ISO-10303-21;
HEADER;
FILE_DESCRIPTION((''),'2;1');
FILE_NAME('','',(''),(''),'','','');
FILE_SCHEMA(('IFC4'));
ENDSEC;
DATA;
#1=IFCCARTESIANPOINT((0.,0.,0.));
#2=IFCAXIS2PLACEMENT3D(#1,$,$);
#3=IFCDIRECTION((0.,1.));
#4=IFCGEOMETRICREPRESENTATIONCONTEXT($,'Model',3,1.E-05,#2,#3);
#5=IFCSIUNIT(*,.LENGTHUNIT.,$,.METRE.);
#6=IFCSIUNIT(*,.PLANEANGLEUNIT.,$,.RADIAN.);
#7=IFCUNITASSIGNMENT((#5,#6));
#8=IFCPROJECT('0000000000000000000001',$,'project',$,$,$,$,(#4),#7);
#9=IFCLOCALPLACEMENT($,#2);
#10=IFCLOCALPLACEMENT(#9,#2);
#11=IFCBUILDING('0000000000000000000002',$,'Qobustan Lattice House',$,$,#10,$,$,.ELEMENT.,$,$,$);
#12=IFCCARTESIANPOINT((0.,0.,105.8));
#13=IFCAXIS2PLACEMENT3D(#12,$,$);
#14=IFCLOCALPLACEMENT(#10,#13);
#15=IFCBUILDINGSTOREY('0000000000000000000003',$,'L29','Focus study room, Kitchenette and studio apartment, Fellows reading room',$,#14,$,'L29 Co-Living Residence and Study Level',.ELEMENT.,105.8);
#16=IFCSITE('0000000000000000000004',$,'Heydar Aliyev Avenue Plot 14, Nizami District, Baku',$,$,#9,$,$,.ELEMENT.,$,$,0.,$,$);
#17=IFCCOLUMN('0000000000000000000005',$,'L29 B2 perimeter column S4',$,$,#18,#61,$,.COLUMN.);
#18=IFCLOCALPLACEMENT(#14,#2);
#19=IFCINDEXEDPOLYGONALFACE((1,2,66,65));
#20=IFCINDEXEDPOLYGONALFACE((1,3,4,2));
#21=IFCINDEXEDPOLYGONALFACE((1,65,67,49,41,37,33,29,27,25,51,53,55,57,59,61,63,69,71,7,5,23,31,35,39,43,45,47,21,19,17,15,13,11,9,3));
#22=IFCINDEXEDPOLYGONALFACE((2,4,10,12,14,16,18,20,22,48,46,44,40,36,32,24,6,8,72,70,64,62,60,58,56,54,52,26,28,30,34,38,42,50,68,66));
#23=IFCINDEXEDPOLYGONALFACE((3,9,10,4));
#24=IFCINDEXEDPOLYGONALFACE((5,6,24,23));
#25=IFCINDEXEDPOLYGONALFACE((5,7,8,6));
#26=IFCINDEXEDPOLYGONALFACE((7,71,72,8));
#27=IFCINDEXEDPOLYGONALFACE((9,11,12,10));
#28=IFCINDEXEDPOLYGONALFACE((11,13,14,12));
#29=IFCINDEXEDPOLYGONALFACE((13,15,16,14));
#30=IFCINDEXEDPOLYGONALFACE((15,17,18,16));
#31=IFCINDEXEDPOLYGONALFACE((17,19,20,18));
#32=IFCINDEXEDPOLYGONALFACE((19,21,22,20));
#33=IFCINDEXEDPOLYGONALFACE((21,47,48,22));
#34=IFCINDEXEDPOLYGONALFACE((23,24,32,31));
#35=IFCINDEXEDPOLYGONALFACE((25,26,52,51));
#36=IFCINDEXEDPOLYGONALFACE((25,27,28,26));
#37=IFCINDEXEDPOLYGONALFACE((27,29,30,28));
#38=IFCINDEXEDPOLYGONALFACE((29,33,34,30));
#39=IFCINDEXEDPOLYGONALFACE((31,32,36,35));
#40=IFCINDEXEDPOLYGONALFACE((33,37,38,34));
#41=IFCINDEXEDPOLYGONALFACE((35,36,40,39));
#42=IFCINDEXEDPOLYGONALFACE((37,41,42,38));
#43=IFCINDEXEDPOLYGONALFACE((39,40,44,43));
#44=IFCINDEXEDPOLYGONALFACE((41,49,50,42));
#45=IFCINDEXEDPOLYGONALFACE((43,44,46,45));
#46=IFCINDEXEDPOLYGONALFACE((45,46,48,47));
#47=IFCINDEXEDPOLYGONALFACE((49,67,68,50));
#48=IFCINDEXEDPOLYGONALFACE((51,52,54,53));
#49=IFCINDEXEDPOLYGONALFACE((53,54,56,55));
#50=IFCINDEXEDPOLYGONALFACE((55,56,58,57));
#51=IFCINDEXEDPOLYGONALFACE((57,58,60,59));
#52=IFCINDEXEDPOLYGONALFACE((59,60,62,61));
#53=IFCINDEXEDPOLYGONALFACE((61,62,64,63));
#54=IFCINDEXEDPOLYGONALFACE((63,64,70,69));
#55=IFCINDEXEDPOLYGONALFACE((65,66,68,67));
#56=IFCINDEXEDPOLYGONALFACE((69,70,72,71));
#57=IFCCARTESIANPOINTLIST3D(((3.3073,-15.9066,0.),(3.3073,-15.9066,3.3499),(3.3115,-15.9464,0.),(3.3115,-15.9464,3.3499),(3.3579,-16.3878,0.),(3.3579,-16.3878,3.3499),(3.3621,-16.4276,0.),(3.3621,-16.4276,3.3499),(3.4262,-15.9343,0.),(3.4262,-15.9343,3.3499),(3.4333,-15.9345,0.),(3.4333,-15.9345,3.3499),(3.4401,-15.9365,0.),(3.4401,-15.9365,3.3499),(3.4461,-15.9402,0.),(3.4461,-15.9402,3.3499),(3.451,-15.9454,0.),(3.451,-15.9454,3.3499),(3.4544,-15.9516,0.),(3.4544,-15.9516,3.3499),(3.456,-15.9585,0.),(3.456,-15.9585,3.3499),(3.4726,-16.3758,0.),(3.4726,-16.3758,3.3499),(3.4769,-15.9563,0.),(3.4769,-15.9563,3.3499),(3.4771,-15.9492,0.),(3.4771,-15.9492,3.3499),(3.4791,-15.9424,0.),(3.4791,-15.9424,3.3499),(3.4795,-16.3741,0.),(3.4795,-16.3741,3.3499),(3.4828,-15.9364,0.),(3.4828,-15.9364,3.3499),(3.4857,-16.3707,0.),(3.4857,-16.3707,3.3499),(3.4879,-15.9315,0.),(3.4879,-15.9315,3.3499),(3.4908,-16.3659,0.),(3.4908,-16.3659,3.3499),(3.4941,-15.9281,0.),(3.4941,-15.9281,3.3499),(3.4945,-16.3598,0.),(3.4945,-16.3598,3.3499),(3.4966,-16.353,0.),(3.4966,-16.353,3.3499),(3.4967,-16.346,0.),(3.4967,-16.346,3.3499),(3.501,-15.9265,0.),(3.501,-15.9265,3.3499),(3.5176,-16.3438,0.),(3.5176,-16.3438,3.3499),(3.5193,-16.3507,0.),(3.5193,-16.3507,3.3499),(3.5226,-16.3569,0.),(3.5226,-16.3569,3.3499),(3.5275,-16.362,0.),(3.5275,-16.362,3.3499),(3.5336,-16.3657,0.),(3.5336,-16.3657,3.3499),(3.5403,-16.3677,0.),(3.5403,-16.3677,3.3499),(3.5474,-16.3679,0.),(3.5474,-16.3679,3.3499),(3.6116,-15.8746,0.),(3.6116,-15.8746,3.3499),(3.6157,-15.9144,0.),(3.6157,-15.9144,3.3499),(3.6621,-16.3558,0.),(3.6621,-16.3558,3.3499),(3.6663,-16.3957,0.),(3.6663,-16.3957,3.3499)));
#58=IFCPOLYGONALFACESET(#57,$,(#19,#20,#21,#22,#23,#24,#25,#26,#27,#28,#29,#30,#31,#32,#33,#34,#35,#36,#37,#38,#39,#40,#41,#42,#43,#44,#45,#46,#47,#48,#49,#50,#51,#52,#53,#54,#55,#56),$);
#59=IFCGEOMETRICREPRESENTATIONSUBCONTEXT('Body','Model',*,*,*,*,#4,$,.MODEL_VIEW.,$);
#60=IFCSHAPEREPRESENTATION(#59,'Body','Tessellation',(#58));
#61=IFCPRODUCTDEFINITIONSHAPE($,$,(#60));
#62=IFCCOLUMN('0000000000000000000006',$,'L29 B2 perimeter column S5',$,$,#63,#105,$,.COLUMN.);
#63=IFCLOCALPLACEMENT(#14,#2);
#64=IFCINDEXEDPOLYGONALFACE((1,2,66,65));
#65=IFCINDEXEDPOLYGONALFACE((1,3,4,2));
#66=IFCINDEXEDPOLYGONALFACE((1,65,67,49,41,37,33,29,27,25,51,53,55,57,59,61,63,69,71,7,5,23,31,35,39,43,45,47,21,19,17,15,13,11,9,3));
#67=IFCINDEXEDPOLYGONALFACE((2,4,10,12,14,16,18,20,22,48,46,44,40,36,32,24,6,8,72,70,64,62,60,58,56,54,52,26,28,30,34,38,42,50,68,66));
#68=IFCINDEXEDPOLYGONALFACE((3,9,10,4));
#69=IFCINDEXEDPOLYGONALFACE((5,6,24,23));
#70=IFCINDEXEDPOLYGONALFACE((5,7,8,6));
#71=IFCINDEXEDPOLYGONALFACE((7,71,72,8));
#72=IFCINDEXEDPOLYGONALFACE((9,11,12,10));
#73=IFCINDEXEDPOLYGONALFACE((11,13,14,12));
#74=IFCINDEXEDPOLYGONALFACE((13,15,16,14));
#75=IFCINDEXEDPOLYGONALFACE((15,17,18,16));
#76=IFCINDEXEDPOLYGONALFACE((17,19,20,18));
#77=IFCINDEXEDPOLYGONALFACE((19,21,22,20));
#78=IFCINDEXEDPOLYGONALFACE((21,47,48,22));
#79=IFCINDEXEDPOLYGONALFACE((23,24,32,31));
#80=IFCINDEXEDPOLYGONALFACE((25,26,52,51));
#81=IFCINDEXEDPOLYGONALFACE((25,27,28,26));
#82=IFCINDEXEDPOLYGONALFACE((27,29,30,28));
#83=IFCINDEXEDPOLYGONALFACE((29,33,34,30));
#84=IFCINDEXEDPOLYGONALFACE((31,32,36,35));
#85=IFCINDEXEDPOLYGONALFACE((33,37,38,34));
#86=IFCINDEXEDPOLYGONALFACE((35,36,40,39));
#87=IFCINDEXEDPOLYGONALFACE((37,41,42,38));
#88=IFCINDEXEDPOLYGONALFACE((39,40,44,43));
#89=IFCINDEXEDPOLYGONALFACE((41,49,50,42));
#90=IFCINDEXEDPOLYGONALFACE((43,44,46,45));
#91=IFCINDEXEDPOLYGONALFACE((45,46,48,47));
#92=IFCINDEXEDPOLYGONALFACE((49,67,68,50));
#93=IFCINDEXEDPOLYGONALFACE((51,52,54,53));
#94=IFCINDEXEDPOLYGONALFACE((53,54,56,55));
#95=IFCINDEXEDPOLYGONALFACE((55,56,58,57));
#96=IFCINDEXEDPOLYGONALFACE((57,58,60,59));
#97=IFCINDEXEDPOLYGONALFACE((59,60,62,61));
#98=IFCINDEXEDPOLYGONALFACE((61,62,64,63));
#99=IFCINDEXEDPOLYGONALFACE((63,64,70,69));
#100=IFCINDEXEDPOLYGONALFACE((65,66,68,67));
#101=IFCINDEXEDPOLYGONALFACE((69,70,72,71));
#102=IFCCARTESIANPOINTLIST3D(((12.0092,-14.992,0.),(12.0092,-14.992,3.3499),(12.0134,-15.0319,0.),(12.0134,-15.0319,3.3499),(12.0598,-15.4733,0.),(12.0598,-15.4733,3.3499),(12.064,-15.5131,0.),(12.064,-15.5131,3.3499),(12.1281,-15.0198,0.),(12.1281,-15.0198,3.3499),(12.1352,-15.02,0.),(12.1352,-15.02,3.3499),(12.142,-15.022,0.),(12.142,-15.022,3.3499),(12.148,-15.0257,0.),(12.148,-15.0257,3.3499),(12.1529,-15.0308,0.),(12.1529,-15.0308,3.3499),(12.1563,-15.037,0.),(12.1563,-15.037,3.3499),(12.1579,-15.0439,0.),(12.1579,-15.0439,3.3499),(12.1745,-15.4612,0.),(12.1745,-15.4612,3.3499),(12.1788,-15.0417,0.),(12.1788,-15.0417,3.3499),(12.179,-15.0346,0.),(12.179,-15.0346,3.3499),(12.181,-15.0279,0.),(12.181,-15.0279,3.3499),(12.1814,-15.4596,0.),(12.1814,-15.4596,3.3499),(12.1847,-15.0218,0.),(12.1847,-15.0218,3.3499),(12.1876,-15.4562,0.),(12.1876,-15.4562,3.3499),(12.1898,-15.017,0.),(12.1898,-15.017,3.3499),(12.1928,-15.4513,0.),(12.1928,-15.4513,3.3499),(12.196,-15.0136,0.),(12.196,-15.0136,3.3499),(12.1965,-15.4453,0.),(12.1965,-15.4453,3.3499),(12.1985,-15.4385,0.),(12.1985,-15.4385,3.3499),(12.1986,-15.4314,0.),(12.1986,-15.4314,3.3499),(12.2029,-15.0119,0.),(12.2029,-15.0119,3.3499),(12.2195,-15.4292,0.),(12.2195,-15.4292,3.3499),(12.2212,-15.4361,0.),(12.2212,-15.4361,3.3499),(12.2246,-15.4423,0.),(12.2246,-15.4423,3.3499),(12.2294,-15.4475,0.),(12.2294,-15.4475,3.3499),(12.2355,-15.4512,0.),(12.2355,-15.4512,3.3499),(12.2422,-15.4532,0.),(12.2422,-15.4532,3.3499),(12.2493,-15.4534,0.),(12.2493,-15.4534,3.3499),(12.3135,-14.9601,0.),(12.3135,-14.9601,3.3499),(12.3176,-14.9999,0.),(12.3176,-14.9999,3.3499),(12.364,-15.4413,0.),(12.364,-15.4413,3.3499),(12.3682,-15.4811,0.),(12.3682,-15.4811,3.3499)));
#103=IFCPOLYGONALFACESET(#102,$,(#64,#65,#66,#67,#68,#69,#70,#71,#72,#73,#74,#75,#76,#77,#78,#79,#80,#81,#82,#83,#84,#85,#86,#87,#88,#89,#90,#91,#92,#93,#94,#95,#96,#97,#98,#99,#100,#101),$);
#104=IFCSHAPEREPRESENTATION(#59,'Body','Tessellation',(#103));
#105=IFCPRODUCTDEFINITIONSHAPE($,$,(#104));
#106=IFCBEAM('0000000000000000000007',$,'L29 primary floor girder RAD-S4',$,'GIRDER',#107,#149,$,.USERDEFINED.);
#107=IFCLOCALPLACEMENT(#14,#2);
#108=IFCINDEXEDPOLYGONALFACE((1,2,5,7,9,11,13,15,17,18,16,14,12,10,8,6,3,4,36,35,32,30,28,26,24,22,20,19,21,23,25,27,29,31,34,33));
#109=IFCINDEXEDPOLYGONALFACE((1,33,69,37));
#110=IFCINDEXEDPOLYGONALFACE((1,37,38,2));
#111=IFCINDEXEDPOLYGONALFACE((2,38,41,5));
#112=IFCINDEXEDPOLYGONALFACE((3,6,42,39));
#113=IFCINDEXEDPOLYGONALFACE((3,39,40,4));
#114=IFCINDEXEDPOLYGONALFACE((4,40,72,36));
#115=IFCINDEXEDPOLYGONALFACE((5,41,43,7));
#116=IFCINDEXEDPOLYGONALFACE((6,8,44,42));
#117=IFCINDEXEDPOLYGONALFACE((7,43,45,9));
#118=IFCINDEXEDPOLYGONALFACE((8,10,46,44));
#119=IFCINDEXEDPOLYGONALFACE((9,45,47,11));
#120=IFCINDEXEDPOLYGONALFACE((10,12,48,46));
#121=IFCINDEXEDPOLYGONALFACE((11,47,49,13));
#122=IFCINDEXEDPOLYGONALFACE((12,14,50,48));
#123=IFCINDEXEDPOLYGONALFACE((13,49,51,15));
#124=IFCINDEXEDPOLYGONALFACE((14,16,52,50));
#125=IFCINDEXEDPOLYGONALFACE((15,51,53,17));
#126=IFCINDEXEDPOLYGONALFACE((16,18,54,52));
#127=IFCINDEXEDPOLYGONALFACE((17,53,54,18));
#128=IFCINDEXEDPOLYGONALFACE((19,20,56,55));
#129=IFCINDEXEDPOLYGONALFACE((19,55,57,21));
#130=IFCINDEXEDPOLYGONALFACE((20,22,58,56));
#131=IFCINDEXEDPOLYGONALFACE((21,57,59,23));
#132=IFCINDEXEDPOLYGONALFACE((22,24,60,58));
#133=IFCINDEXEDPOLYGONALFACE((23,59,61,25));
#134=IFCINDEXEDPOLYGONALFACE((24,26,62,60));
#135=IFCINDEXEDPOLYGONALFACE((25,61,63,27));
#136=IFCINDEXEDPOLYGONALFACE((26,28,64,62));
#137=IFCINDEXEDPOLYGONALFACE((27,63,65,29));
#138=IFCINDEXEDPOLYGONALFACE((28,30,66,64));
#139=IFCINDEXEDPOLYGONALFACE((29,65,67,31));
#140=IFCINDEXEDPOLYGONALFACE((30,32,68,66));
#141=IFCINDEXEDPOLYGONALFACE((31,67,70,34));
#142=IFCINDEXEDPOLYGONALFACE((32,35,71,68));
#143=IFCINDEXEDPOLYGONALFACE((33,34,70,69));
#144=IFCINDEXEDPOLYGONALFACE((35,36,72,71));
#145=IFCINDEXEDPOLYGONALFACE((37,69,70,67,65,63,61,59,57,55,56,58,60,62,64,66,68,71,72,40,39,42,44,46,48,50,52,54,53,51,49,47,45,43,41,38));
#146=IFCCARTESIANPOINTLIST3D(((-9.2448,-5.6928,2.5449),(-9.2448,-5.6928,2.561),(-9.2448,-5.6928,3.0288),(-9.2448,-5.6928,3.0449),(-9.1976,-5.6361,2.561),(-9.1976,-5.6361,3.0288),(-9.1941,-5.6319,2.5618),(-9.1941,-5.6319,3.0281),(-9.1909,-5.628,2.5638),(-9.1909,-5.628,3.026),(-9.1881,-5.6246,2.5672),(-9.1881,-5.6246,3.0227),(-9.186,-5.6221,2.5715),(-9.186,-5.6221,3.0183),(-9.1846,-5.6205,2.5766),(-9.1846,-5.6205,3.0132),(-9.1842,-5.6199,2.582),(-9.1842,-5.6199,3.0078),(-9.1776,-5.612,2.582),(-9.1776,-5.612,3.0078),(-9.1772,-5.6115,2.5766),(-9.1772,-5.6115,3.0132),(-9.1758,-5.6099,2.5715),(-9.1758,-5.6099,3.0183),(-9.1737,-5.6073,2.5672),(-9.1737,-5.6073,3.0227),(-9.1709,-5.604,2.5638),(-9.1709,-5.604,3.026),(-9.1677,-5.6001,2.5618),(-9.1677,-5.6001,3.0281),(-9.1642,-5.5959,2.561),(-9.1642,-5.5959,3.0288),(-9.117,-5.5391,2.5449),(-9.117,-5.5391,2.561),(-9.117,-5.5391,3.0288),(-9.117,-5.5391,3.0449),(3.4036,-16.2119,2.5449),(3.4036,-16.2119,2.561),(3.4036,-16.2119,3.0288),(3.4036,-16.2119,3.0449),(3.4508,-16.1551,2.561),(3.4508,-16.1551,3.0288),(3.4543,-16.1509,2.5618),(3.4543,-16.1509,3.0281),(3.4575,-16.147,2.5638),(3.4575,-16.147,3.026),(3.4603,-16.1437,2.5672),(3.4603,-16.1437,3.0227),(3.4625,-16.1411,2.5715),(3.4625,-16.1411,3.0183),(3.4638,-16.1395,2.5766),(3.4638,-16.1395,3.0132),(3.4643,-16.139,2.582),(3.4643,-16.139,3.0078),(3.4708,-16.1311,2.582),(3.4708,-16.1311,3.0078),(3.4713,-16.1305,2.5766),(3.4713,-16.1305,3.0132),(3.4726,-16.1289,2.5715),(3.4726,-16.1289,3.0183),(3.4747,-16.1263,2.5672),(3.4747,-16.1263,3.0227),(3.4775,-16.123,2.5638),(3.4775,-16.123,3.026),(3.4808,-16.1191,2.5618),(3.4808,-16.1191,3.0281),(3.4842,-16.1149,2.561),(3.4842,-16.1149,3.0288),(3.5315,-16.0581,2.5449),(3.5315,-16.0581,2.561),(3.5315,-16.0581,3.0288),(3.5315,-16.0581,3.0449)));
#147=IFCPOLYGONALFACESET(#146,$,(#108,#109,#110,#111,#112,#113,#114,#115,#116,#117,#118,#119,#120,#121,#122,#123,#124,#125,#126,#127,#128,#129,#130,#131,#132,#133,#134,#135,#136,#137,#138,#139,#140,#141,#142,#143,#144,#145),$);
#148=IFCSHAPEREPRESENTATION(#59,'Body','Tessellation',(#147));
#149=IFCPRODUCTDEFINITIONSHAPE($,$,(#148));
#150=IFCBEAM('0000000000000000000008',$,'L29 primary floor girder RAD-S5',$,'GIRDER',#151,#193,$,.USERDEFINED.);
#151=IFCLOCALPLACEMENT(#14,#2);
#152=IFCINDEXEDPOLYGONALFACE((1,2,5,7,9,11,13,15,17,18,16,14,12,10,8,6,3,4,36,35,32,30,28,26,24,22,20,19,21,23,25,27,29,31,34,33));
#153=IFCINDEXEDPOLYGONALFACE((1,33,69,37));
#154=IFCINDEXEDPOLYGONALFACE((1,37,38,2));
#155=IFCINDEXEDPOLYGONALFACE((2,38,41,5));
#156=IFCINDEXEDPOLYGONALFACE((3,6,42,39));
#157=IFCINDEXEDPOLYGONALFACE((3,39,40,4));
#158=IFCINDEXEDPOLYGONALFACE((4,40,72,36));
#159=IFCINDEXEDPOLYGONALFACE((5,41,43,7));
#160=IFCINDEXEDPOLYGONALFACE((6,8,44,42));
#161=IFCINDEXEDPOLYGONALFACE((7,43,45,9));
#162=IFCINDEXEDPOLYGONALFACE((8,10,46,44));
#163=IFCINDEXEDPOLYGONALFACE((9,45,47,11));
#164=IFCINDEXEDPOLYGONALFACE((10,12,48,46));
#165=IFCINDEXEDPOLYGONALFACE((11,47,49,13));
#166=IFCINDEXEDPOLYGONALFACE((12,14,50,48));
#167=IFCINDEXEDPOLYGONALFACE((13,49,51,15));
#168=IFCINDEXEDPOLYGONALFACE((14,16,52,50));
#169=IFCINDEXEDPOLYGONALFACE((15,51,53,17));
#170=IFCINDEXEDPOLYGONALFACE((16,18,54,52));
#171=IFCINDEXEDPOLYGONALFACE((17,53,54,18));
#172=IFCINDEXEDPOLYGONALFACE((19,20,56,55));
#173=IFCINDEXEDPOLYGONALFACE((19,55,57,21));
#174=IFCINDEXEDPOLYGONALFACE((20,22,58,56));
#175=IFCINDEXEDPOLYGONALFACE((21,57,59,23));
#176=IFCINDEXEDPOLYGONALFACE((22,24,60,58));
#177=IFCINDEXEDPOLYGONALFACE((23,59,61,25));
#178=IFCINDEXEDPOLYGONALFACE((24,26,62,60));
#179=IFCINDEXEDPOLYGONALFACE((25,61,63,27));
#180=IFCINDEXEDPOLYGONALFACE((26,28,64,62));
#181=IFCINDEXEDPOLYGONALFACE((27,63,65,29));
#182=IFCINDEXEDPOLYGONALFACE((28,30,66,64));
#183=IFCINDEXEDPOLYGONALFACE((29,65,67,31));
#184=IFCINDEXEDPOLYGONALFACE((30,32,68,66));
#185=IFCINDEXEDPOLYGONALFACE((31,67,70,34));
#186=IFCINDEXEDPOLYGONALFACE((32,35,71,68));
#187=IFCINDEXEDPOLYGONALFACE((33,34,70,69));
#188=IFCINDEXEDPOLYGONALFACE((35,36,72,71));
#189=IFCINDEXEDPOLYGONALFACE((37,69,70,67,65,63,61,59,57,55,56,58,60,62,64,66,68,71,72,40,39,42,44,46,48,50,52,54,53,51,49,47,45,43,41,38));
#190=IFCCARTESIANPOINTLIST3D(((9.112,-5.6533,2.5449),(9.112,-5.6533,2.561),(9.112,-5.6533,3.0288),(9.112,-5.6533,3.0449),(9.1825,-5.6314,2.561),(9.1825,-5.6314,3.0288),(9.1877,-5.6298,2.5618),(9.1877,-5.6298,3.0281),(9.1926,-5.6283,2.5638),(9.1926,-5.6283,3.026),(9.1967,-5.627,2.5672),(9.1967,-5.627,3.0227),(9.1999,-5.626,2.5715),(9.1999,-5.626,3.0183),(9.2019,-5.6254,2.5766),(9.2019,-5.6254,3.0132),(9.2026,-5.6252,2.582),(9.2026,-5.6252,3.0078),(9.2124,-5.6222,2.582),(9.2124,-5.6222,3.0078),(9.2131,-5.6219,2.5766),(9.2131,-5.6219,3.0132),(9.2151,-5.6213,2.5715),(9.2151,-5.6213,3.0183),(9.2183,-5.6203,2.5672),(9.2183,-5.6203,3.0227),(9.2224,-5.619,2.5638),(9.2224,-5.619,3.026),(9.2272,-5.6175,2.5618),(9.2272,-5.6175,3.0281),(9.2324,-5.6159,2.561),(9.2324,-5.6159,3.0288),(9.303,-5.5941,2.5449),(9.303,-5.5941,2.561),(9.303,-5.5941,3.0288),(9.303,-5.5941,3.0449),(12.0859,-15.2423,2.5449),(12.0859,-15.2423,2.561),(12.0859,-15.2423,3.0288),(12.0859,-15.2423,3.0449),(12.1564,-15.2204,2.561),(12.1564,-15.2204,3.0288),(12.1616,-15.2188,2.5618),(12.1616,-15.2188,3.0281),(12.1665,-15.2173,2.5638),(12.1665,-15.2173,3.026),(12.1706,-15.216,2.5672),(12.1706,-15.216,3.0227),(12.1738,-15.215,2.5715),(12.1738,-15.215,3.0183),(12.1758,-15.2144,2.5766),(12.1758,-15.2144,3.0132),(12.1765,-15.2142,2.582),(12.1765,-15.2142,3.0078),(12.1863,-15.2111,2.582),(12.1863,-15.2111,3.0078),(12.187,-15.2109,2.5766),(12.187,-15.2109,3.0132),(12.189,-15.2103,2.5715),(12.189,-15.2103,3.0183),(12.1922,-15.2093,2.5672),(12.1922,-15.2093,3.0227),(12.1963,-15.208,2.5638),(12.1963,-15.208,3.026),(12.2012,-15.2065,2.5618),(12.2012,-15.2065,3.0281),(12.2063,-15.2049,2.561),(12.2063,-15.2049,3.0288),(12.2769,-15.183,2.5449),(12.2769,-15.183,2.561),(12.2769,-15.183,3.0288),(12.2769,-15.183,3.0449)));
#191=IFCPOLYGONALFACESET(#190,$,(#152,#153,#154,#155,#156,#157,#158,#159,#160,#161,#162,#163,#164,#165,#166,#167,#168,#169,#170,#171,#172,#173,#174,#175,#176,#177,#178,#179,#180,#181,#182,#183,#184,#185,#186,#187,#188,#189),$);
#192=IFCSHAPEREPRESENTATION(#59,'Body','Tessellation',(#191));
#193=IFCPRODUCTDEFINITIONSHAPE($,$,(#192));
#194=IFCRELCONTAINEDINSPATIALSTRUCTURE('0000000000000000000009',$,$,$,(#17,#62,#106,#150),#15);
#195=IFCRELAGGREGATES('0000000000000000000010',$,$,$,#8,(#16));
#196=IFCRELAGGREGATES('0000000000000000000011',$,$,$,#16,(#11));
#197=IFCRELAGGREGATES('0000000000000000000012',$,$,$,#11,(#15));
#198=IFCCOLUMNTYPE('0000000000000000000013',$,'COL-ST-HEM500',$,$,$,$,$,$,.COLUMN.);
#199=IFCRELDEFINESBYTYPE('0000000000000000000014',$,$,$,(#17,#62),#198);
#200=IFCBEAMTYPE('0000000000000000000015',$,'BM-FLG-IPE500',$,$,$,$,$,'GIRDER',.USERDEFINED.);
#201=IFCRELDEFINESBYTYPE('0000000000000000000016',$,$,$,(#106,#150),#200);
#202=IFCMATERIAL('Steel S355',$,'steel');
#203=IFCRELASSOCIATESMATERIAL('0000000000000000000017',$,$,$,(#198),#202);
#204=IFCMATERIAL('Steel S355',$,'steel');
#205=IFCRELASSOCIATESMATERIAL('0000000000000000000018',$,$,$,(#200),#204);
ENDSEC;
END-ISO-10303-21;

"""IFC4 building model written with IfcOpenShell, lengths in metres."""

from ifc_helpers import new_model, si_unit, direction, frame, origin, origin_2d, place, context, subcontext, project, spatial, i_section, extrude, material, material_profile, profile_set, type_object, element, save


model = new_model("IFC4")

# Units and contexts
model_context = context("Model", 3, precision=1e-05, world=origin(), true_north=direction((0.0, 1.0)))
body_context = subcontext(model_context, "Body", "Model", "MODEL_VIEW")
ifc_project = project(units=[si_unit("LENGTHUNIT", "METRE"), si_unit("PLANEANGLEUNIT", "RADIAN")], contexts=[model_context])

# Site, building, storey
site_placement = place(None, origin())
site = spatial("IfcSite", under=ifc_project, at=site_placement, Name="Heydar Aliyev Avenue Plot 14, Nizami District, Baku", CompositionType="ELEMENT", RefElevation=0.0)
building_placement = place(site_placement, origin())
building = spatial("IfcBuilding", under=site, at=building_placement, Name="Qobustan Lattice House", CompositionType="ELEMENT")
storey_placement = place(building_placement, frame((0.0, 0.0, 105.8)))
storey = spatial("IfcBuildingStorey", under=building, at=storey_placement, Name="L29", Description="Focus study room, Kitchenette and studio apartment, Fellows reading room", LongName="L29 Co-Living Residence and Study Level", CompositionType="ELEMENT", Elevation=105.8)

# Columns
ifc_material_1 = material(Name="Steel S355", Category="steel")
ifc_material_profile_1 = material_profile(ifc_material_1, i_section(OverallWidth=0.3059, OverallDepth=0.5239, WebThickness=0.021, FlangeThickness=0.04, FilletRadius=0.0271, at=origin_2d()), Name="HEM500")
ifc_profile_set_1 = profile_set([ifc_material_profile_1], Name="Steel S355")
column_type = type_object("IfcColumnType", Name="COL-ST-HEM500", PredefinedType="COLUMN", material=ifc_profile_set_1)
for number, where, z_axis, x_axis, name in (
    (1, (3.4868, -16.1511, 0.0), (0.0, 0.0, 1.0), (0.994522, 0.104528, 0.0), "L29 B2 perimeter column S4"),
    (2, (12.1887, -15.2366, 0.0), (0.0, 0.0, 1.0), (0.994522, 0.104528, 0.0), "L29 B2 perimeter column S5"),
):
    element("IfcColumn", number, at=place(storey_placement, frame(where, z_axis=z_axis, x_axis=x_axis)), inside=storey, type_object=column_type, Name=name, PredefinedType="COLUMN", context=body_context, shape_type="SweptSolid", body=[
        extrude(i_section(OverallWidth=0.3059, OverallDepth=0.5239, WebThickness=0.021, FlangeThickness=0.04, FilletRadius=0.0271, at=origin_2d()), origin(), (0.0, 0.0, 1.0), 3.3499),
    ])

# Beams
ifc_material_2 = material(Name="Steel S355", Category="steel")
ifc_material_profile_2 = material_profile(ifc_material_2, i_section(OverallWidth=0.2, OverallDepth=0.5, WebThickness=0.0103, FlangeThickness=0.0161, FilletRadius=0.021, at=origin_2d()), Name="IPE500")
ifc_profile_set_2 = profile_set([ifc_material_profile_2], Name="Steel S355")
beam_type_1 = type_object("IfcBeamType", Name="BM-FLG-IPE500", ElementType="GIRDER", PredefinedType="USERDEFINED", material=ifc_profile_set_2)
beam_1_placement = place(storey_placement, frame((3.4675, -16.135, 2.7949), z_axis=(-0.768858, 0.639419, 0.0), x_axis=(-0.639419, -0.768858, 0.0)))
element("IfcBeam", 3, at=beam_1_placement, inside=storey, type_object=beam_type_1, Name="L29 primary floor girder RAD-S4", ObjectType="GIRDER", PredefinedType="USERDEFINED", context=body_context, shape_type="SweptSolid", body=[
    extrude(i_section(OverallWidth=0.2, OverallDepth=0.5, WebThickness=0.0103, FlangeThickness=0.0161, FilletRadius=0.021, at=origin_2d()), origin(), (0.0, 0.0, 1.0), 16.4509),
])
beam_2_placement = place(storey_placement, frame((12.1814, -15.2126, 2.7949), z_axis=(-0.296219, 0.95512, 0.0), x_axis=(-0.95512, -0.296219, 0.0)))
element("IfcBeam", 4, at=beam_2_placement, inside=storey, type_object=beam_type_1, Name="L29 primary floor girder RAD-S5", ObjectType="GIRDER", PredefinedType="USERDEFINED", context=body_context, shape_type="SweptSolid", body=[
    extrude(i_section(OverallWidth=0.2, OverallDepth=0.5, WebThickness=0.0103, FlangeThickness=0.0161, FilletRadius=0.021, at=origin_2d()), origin(), (0.0, 0.0, 1.0), 10.0396),
])

save(model, "model.ifc")
